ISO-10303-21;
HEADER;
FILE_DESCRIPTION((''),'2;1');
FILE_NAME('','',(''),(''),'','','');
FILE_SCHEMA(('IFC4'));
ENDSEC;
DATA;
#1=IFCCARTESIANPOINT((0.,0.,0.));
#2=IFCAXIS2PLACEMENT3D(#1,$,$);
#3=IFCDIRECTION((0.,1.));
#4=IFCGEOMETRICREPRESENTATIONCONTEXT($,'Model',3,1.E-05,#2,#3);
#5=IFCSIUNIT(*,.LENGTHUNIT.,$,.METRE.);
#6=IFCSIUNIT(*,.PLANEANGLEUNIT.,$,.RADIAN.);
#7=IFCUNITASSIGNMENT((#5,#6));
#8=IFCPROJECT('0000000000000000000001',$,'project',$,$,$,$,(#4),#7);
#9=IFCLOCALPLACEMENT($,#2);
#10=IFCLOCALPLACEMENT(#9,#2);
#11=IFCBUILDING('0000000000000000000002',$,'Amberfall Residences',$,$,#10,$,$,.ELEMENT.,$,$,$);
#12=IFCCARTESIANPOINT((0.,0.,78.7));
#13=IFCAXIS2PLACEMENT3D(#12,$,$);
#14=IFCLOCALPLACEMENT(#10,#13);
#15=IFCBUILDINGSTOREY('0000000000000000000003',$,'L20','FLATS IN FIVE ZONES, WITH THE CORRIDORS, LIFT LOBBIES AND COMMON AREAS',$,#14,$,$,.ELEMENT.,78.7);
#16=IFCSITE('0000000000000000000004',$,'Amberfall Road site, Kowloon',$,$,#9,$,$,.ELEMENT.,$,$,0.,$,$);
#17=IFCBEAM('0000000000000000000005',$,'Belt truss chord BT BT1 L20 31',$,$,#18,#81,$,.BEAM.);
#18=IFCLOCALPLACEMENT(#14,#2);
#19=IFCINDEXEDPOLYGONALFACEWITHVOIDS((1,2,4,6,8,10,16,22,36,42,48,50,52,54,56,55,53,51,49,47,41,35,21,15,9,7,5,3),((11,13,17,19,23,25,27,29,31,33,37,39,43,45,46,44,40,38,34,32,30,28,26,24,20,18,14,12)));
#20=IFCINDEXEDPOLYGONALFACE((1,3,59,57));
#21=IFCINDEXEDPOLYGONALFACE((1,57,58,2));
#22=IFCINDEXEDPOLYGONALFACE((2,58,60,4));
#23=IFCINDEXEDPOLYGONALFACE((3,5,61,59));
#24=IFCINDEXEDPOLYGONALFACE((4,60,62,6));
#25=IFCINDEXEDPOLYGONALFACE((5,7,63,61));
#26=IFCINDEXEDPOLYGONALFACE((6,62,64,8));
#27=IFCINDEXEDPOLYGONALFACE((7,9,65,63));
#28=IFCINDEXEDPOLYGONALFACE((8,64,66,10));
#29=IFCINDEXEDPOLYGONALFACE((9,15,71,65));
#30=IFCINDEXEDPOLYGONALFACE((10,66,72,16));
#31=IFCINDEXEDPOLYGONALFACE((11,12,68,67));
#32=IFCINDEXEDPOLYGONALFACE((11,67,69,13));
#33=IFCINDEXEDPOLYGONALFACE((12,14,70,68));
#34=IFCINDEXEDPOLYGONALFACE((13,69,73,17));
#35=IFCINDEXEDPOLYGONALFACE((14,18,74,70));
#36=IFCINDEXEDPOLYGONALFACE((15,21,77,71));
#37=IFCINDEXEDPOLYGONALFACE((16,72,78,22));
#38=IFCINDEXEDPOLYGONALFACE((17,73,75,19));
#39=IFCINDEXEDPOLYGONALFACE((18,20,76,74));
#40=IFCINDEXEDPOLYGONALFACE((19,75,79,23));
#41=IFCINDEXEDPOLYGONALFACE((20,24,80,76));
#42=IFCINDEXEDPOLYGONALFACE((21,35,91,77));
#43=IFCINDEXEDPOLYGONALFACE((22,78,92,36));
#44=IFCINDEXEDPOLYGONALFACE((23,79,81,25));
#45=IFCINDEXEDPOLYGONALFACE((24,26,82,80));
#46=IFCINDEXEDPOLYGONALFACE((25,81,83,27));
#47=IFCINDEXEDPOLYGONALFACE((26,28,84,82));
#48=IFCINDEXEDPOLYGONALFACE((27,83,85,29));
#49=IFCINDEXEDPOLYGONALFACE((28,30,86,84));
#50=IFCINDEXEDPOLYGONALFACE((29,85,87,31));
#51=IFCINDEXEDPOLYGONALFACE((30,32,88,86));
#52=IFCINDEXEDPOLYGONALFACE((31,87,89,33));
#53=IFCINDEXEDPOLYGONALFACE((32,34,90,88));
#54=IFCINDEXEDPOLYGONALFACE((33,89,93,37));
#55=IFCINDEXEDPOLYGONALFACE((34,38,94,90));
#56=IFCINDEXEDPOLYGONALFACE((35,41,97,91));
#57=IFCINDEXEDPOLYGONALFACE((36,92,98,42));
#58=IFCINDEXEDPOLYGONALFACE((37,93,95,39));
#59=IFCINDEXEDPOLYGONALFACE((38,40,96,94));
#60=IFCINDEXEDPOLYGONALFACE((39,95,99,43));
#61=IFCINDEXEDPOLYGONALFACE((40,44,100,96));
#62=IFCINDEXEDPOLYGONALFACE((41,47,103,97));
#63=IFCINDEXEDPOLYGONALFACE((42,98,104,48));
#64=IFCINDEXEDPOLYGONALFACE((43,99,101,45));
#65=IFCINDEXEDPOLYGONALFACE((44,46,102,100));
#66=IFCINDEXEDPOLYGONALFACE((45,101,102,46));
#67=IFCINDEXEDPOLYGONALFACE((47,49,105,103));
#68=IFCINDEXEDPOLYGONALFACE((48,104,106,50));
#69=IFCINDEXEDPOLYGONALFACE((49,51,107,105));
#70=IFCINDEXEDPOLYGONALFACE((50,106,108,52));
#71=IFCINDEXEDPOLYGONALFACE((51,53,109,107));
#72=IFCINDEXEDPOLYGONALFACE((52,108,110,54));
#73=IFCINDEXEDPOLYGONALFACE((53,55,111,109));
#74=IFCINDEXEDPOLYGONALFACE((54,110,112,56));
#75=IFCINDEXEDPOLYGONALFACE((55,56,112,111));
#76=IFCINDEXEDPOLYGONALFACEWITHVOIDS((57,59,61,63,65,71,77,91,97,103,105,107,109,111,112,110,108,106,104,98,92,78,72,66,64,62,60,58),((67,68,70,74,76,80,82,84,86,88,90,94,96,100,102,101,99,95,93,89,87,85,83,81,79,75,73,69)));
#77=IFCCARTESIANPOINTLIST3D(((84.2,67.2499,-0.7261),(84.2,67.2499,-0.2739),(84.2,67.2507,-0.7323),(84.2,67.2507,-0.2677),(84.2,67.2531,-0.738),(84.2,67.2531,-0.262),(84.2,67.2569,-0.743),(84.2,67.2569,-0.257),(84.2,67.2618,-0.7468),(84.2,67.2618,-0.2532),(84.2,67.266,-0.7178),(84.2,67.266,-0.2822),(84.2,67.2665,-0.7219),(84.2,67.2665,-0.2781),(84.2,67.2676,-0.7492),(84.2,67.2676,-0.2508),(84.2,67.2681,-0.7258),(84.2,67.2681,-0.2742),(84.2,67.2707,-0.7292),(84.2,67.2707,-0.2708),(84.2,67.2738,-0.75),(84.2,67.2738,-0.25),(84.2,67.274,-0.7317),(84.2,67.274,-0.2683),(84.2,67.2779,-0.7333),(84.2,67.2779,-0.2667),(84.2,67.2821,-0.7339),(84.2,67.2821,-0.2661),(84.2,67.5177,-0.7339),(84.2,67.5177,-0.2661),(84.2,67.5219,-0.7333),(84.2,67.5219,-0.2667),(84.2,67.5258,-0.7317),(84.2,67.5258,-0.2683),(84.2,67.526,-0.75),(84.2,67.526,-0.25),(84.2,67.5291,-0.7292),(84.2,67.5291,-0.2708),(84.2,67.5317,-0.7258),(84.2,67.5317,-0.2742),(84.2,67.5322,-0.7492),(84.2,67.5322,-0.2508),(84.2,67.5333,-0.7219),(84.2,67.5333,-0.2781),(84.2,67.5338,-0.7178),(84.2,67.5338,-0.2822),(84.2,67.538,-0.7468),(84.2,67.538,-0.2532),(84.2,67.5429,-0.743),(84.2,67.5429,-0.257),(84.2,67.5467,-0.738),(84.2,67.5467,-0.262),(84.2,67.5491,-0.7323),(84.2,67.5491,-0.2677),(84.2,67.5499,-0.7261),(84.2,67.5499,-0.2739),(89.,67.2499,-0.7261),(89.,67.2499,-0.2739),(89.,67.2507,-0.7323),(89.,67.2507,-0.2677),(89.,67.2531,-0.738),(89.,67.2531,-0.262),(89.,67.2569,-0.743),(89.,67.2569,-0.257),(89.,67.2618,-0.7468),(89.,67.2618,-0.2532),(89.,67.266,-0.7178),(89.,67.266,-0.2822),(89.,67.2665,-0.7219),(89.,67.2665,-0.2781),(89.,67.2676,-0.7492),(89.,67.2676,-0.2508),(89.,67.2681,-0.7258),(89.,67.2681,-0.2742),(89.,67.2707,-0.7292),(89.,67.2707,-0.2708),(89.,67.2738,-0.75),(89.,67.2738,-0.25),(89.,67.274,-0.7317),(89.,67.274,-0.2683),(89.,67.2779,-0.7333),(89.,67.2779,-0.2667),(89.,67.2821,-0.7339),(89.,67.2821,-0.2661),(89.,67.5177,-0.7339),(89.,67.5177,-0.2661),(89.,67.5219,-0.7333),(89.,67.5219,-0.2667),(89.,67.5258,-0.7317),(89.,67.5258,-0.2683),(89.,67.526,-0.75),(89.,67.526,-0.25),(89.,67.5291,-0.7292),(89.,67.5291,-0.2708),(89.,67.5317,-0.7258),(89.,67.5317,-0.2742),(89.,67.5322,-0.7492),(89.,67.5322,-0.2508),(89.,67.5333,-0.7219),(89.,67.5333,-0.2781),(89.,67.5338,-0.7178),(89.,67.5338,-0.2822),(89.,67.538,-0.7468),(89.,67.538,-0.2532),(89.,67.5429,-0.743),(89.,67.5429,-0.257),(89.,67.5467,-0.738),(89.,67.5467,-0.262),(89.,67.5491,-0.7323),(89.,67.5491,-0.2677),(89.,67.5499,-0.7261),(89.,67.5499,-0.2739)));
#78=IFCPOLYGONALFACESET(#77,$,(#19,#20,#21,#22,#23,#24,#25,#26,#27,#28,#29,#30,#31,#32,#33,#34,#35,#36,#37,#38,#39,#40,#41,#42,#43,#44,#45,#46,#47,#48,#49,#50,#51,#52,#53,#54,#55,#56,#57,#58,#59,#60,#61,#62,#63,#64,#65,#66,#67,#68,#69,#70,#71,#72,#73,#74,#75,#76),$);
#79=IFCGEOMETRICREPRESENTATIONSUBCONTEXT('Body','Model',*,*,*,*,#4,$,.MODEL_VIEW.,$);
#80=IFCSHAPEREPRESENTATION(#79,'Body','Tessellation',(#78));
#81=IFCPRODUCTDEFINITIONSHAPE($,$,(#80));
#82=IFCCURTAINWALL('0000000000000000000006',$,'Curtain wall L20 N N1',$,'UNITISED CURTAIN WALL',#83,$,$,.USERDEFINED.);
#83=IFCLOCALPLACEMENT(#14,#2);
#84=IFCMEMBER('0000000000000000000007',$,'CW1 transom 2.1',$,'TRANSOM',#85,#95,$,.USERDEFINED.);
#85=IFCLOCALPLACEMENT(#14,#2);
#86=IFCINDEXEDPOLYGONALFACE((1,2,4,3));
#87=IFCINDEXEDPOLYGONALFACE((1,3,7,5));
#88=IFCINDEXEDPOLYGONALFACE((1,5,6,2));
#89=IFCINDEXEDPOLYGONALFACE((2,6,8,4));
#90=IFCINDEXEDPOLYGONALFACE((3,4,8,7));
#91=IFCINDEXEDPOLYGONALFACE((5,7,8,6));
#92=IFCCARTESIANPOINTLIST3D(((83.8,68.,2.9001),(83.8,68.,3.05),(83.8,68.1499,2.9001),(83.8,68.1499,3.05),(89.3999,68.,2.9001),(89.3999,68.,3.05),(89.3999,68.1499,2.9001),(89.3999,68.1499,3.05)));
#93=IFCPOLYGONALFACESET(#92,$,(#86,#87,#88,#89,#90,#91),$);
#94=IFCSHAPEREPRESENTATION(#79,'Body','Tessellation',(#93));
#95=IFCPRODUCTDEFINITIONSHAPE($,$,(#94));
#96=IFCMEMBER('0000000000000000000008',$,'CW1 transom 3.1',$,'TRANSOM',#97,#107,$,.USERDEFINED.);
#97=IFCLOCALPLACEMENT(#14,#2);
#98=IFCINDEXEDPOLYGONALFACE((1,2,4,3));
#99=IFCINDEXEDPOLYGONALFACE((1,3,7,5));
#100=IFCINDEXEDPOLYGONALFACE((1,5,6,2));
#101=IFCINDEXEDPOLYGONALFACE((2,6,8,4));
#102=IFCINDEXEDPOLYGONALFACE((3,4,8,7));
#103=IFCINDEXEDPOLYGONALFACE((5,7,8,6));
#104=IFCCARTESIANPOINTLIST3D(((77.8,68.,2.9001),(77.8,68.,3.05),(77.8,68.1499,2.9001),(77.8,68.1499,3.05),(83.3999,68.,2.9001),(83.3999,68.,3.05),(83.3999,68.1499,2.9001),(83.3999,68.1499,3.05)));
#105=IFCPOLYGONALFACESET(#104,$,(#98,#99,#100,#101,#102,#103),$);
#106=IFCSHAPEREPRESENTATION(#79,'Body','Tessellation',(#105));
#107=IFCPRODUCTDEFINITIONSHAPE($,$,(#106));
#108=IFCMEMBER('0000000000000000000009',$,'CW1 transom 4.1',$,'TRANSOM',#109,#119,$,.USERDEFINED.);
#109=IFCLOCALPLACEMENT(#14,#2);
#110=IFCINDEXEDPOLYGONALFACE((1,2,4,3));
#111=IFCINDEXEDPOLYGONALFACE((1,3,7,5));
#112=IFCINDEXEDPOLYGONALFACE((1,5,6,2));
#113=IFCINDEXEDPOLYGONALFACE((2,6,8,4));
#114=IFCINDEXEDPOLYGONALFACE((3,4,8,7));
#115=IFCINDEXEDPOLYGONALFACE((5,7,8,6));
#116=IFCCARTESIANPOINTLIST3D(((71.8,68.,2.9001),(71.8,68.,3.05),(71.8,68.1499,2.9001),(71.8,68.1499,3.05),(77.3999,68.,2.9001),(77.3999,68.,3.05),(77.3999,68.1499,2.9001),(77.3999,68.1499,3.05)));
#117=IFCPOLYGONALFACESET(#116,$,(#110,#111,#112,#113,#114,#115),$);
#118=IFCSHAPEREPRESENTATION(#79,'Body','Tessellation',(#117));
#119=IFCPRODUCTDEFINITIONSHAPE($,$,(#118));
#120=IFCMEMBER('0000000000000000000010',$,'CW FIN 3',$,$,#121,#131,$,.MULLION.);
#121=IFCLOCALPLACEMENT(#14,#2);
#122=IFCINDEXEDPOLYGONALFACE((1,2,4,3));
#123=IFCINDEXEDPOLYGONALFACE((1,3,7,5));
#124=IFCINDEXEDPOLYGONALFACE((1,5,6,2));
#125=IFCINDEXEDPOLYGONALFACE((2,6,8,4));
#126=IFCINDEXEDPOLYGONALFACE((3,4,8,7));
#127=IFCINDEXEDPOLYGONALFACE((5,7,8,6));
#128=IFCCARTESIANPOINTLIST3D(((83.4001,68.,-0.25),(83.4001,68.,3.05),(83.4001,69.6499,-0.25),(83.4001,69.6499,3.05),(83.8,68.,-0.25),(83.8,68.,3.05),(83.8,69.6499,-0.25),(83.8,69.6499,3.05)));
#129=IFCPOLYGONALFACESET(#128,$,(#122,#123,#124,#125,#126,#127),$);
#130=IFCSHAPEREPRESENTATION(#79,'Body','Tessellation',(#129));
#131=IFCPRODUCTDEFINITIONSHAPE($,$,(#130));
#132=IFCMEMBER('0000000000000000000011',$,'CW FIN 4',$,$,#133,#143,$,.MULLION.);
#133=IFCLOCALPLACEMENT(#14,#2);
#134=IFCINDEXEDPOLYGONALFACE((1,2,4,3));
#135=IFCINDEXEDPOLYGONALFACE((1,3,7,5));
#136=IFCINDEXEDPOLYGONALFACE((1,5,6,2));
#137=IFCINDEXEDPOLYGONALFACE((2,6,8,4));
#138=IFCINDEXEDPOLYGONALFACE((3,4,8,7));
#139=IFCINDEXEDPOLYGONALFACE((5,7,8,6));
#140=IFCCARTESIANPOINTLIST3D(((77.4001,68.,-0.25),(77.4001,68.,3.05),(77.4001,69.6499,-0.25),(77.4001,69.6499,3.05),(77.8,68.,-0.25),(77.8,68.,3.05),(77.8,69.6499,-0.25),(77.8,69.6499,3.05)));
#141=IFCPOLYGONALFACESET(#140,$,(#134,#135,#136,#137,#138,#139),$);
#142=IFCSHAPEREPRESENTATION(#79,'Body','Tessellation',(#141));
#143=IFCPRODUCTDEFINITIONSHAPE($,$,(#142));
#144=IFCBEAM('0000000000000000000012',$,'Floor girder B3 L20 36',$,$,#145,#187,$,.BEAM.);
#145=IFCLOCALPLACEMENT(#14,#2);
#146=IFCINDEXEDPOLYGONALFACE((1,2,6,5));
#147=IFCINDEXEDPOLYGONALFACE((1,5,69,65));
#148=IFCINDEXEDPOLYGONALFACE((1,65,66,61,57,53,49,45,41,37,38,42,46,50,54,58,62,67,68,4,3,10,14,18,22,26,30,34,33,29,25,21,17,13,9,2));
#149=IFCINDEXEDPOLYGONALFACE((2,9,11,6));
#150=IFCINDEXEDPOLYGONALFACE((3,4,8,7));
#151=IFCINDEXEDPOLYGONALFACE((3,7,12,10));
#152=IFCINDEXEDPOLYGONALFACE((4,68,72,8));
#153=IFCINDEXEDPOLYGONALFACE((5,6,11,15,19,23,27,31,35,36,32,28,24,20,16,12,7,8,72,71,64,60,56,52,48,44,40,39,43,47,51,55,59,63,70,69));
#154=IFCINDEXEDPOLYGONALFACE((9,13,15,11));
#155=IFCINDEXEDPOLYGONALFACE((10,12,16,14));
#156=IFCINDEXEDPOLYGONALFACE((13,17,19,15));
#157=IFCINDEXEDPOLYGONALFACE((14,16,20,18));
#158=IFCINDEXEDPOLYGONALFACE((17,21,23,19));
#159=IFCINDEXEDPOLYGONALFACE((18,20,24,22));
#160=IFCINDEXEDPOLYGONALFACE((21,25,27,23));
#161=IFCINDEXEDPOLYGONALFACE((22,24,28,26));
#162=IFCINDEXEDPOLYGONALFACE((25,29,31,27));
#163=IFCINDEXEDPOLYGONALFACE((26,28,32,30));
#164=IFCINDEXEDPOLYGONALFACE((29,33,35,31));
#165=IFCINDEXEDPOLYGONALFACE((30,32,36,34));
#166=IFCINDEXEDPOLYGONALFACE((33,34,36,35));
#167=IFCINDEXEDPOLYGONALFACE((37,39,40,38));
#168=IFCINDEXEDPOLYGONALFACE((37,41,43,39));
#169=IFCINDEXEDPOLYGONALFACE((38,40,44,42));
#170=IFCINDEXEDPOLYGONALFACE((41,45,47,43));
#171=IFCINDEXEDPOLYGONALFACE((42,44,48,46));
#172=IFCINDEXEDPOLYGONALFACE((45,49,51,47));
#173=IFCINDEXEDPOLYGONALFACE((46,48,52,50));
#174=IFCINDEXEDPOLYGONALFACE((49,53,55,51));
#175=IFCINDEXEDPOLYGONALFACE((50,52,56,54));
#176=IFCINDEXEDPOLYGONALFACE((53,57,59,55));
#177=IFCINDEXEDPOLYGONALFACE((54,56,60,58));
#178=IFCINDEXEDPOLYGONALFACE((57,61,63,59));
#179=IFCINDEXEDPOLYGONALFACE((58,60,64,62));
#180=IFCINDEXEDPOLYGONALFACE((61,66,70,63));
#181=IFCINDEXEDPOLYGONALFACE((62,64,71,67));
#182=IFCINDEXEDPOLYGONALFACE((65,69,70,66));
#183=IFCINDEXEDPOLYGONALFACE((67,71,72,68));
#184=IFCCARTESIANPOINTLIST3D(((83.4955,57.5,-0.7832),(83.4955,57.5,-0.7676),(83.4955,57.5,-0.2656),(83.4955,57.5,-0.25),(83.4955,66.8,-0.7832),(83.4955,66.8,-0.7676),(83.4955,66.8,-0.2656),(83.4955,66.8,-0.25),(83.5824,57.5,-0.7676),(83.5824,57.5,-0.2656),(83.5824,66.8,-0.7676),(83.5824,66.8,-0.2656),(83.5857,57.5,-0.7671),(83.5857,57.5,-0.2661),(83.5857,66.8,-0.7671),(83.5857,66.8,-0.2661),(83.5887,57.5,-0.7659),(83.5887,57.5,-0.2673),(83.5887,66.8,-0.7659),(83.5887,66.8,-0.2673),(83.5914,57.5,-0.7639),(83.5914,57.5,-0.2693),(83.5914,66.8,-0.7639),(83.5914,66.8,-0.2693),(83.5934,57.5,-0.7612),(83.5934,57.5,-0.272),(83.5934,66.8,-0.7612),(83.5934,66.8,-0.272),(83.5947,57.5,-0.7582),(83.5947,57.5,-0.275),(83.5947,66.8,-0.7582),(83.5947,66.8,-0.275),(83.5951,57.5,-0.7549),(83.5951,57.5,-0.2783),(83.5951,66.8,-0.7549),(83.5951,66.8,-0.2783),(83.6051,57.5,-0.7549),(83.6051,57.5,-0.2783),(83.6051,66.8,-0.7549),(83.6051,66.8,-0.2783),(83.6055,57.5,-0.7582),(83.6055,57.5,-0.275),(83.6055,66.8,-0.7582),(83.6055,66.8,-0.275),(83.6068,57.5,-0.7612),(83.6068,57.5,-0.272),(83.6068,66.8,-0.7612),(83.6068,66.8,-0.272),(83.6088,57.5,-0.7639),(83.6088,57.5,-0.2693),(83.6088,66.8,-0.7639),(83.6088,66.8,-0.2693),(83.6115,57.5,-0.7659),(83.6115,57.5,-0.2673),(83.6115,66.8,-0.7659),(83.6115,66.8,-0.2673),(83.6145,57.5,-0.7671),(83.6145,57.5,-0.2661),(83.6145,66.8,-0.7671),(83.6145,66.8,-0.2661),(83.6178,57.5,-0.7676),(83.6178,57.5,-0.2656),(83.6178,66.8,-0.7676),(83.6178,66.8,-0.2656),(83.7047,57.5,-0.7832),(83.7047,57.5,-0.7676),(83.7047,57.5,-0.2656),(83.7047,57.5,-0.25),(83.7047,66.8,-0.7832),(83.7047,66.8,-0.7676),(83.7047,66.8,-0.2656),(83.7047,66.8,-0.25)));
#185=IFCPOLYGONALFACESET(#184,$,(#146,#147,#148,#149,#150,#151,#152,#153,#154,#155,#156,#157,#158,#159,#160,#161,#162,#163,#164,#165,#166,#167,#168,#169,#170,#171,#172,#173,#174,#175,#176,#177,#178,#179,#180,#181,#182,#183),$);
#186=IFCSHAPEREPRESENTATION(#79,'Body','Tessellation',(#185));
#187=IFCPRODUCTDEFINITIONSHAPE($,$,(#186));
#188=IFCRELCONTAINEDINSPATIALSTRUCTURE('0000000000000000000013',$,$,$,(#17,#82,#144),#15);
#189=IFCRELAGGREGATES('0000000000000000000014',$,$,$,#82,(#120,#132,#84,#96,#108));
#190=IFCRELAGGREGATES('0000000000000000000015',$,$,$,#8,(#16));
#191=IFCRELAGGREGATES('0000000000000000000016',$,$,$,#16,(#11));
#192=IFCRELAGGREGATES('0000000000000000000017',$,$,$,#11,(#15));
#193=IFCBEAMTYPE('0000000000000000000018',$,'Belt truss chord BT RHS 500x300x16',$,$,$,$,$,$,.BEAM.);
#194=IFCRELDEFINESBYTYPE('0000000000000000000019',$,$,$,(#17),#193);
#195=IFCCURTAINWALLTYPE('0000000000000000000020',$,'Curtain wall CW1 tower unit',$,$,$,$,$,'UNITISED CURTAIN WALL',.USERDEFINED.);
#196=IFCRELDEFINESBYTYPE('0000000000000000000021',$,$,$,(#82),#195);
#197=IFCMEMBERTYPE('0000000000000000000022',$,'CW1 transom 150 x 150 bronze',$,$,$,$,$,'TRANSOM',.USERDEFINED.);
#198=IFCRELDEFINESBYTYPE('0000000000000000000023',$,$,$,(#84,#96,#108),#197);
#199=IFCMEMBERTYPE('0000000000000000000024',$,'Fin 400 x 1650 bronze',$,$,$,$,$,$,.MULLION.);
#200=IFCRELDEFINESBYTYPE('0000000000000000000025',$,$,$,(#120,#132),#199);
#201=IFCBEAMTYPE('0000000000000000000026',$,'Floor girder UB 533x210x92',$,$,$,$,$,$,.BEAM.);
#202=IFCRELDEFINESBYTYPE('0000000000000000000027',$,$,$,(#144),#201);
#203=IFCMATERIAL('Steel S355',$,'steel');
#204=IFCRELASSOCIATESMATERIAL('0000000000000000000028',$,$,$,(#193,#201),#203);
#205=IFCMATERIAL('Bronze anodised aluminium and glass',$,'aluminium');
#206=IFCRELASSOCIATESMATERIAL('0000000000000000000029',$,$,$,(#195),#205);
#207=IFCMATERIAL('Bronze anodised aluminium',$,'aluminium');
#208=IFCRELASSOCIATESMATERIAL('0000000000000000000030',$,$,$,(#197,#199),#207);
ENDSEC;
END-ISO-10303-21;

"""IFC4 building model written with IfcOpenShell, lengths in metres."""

from ifc_helpers import new_model, si_unit, direction, frame, origin, origin_2d, place, context, subcontext, project, spatial, rectangle, hollow_rectangle, i_section, extrude, material, material_profile, profile_set, type_object, element, aggregate, save


model = new_model("IFC4")

# Units and contexts
model_context = context("Model", 3, precision=1e-05, world=origin(), true_north=direction((0.0, 1.0)))
body_context = subcontext(model_context, "Body", "Model", "MODEL_VIEW")
ifc_project = project(units=[si_unit("LENGTHUNIT", "METRE"), si_unit("PLANEANGLEUNIT", "RADIAN")], contexts=[model_context])

# Site, building, storey
site_placement = place(None, origin())
site = spatial("IfcSite", under=ifc_project, at=site_placement, Name="Amberfall Road site, Kowloon", CompositionType="ELEMENT", RefElevation=0.0)
building_placement = place(site_placement, origin())
building = spatial("IfcBuilding", under=site, at=building_placement, Name="Amberfall Residences", CompositionType="ELEMENT")
storey_placement = place(building_placement, frame((0.0, 0.0, 78.7)))
storey = spatial("IfcBuildingStorey", under=building, at=storey_placement, Name="L20", Description="FLATS IN FIVE ZONES, WITH THE CORRIDORS, LIFT LOBBIES AND COMMON AREAS", CompositionType="ELEMENT", Elevation=78.7)

# Beam
ifc_material_1 = material(Name="Steel S355", Category="steel")
ifc_material_profile_1 = material_profile(ifc_material_1, hollow_rectangle(XDim=0.3, YDim=0.5, WallThickness=0.0161, InnerFilletRadius=0.0161, OuterFilletRadius=0.0239, at=origin_2d()), Name="RHS 500x300x16")
ifc_profile_set_1 = profile_set([ifc_material_profile_1], Name="Steel S355")
beam_type_1 = type_object("IfcBeamType", Name="Belt truss chord BT RHS 500x300x16", PredefinedType="BEAM", material=ifc_profile_set_1)
for number, where, z_axis, x_axis, name in (
    (1, (84.2, 67.3999, -0.5), (1.0, 0.0, 0.0), (0.0, 1.0, 0.0), "Belt truss chord BT BT1 L20 31"),
):
    element("IfcBeam", number, at=place(storey_placement, frame(where, z_axis=z_axis, x_axis=x_axis)), inside=storey, type_object=beam_type_1, Name=name, PredefinedType="BEAM", context=body_context, shape_type="SweptSolid", body=[
        extrude(hollow_rectangle(XDim=0.3, YDim=0.5, WallThickness=0.0161, InnerFilletRadius=0.0161, OuterFilletRadius=0.0239, at=origin_2d()), origin(), (0.0, 0.0, 1.0), 4.8),
    ])

# Curtain wall, members
ifc_material_2 = material(Name="Bronze anodised aluminium and glass", Category="aluminium")
curtain_wall_type = type_object("IfcCurtainWallType", Name="Curtain wall CW1 tower unit", ElementType="UNITISED CURTAIN WALL", PredefinedType="USERDEFINED", material=ifc_material_2)
curtain_wall_placement = place(storey_placement, origin())
curtain_wall = element("IfcCurtainWall", 2, at=curtain_wall_placement, inside=storey, type_object=curtain_wall_type, Name="Curtain wall L20 N N1", ObjectType="UNITISED CURTAIN WALL", PredefinedType="USERDEFINED")
ifc_material_3 = material(Name="Bronze anodised aluminium", Category="aluminium")
ifc_material_profile_2 = material_profile(ifc_material_3, rectangle(XDim=0.1499, YDim=0.1499, at=origin_2d()), Name="CW1 transom 150 x 150 bronze")
ifc_profile_set_2 = profile_set([ifc_material_profile_2], Name="Bronze anodised aluminium")
member_type_1 = type_object("IfcMemberType", Name="CW1 transom 150 x 150 bronze", ElementType="TRANSOM", PredefinedType="USERDEFINED", material=ifc_profile_set_2)
member_1_placement = place(storey_placement, frame((89.3999, 68.075, 2.9751), z_axis=(-1.0, 0.0, 0.0), x_axis=(0.0, -1.0, 0.0)))
member_1 = element("IfcMember", 3, at=member_1_placement, type_object=member_type_1, Name="CW1 transom 2.1", ObjectType="TRANSOM", PredefinedType="USERDEFINED", context=body_context, shape_type="SweptSolid", body=[
    extrude(rectangle(XDim=0.1499, YDim=0.1499, at=origin_2d()), origin(), (0.0, 0.0, 1.0), 5.5999),
])
member_2_placement = place(storey_placement, frame((83.3999, 68.075, 2.9751), z_axis=(-1.0, 0.0, 0.0), x_axis=(0.0, -1.0, 0.0)))
member_2 = element("IfcMember", 4, at=member_2_placement, type_object=member_type_1, Name="CW1 transom 3.1", ObjectType="TRANSOM", PredefinedType="USERDEFINED", context=body_context, shape_type="SweptSolid", body=[
    extrude(rectangle(XDim=0.1499, YDim=0.1499, at=origin_2d()), origin(), (0.0, 0.0, 1.0), 5.5999),
])
member_3_placement = place(storey_placement, frame((77.3999, 68.075, 2.9751), z_axis=(-1.0, 0.0, 0.0), x_axis=(0.0, -1.0, 0.0)))
member_3 = element("IfcMember", 5, at=member_3_placement, type_object=member_type_1, Name="CW1 transom 4.1", ObjectType="TRANSOM", PredefinedType="USERDEFINED", context=body_context, shape_type="SweptSolid", body=[
    extrude(rectangle(XDim=0.1499, YDim=0.1499, at=origin_2d()), origin(), (0.0, 0.0, 1.0), 5.5999),
])
ifc_material_profile_3 = material_profile(ifc_material_3, rectangle(XDim=1.6499, YDim=0.3999, at=origin_2d()), Name="Fin 400 x 1650 bronze")
ifc_profile_set_3 = profile_set([ifc_material_profile_3], Name="Bronze anodised aluminium")
member_type_2 = type_object("IfcMemberType", Name="Fin 400 x 1650 bronze", PredefinedType="MULLION", material=ifc_profile_set_3)
member_4_placement = place(storey_placement, frame((83.6001, 68.825, -0.25), z_axis=(0.0, 0.0, 1.0), x_axis=(0.0, -1.0, 0.0)))
member_4 = element("IfcMember", 6, at=member_4_placement, type_object=member_type_2, Name="CW FIN 3", PredefinedType="MULLION", context=body_context, shape_type="SweptSolid", body=[
    extrude(rectangle(XDim=1.6499, YDim=0.3999, at=origin_2d()), origin(), (0.0, 0.0, 1.0), 3.3),
])
member_5_placement = place(storey_placement, frame((77.6001, 68.825, -0.25), z_axis=(0.0, 0.0, 1.0), x_axis=(0.0, -1.0, 0.0)))
member_5 = element("IfcMember", 7, at=member_5_placement, type_object=member_type_2, Name="CW FIN 4", PredefinedType="MULLION", context=body_context, shape_type="SweptSolid", body=[
    extrude(rectangle(XDim=1.6499, YDim=0.3999, at=origin_2d()), origin(), (0.0, 0.0, 1.0), 3.3),
])

# Beam
ifc_material_profile_4 = material_profile(ifc_material_1, i_section(OverallWidth=0.2092, OverallDepth=0.5332, WebThickness=0.01, FlangeThickness=0.0156, FilletRadius=0.0127, at=origin_2d()), Name="UB 533x210x92")
ifc_profile_set_4 = profile_set([ifc_material_profile_4], Name="Steel S355")
beam_type_2 = type_object("IfcBeamType", Name="Floor girder UB 533x210x92", PredefinedType="BEAM", material=ifc_profile_set_4)
beam_1_placement = place(storey_placement, frame((83.6001, 66.8, -0.5166), z_axis=(0.0, -1.0, 0.0), x_axis=(1.0, 0.0, 0.0)))
element("IfcBeam", 8, at=beam_1_placement, inside=storey, type_object=beam_type_2, Name="Floor girder B3 L20 36", PredefinedType="BEAM", context=body_context, shape_type="SweptSolid", body=[
    extrude(i_section(OverallWidth=0.2092, OverallDepth=0.5332, WebThickness=0.01, FlangeThickness=0.0156, FilletRadius=0.0127, at=origin_2d()), origin(), (0.0, 0.0, 1.0), 9.3),
])

aggregate(curtain_wall, [member_4, member_5, member_1, member_2, member_3])

save(model, "model.ifc")
